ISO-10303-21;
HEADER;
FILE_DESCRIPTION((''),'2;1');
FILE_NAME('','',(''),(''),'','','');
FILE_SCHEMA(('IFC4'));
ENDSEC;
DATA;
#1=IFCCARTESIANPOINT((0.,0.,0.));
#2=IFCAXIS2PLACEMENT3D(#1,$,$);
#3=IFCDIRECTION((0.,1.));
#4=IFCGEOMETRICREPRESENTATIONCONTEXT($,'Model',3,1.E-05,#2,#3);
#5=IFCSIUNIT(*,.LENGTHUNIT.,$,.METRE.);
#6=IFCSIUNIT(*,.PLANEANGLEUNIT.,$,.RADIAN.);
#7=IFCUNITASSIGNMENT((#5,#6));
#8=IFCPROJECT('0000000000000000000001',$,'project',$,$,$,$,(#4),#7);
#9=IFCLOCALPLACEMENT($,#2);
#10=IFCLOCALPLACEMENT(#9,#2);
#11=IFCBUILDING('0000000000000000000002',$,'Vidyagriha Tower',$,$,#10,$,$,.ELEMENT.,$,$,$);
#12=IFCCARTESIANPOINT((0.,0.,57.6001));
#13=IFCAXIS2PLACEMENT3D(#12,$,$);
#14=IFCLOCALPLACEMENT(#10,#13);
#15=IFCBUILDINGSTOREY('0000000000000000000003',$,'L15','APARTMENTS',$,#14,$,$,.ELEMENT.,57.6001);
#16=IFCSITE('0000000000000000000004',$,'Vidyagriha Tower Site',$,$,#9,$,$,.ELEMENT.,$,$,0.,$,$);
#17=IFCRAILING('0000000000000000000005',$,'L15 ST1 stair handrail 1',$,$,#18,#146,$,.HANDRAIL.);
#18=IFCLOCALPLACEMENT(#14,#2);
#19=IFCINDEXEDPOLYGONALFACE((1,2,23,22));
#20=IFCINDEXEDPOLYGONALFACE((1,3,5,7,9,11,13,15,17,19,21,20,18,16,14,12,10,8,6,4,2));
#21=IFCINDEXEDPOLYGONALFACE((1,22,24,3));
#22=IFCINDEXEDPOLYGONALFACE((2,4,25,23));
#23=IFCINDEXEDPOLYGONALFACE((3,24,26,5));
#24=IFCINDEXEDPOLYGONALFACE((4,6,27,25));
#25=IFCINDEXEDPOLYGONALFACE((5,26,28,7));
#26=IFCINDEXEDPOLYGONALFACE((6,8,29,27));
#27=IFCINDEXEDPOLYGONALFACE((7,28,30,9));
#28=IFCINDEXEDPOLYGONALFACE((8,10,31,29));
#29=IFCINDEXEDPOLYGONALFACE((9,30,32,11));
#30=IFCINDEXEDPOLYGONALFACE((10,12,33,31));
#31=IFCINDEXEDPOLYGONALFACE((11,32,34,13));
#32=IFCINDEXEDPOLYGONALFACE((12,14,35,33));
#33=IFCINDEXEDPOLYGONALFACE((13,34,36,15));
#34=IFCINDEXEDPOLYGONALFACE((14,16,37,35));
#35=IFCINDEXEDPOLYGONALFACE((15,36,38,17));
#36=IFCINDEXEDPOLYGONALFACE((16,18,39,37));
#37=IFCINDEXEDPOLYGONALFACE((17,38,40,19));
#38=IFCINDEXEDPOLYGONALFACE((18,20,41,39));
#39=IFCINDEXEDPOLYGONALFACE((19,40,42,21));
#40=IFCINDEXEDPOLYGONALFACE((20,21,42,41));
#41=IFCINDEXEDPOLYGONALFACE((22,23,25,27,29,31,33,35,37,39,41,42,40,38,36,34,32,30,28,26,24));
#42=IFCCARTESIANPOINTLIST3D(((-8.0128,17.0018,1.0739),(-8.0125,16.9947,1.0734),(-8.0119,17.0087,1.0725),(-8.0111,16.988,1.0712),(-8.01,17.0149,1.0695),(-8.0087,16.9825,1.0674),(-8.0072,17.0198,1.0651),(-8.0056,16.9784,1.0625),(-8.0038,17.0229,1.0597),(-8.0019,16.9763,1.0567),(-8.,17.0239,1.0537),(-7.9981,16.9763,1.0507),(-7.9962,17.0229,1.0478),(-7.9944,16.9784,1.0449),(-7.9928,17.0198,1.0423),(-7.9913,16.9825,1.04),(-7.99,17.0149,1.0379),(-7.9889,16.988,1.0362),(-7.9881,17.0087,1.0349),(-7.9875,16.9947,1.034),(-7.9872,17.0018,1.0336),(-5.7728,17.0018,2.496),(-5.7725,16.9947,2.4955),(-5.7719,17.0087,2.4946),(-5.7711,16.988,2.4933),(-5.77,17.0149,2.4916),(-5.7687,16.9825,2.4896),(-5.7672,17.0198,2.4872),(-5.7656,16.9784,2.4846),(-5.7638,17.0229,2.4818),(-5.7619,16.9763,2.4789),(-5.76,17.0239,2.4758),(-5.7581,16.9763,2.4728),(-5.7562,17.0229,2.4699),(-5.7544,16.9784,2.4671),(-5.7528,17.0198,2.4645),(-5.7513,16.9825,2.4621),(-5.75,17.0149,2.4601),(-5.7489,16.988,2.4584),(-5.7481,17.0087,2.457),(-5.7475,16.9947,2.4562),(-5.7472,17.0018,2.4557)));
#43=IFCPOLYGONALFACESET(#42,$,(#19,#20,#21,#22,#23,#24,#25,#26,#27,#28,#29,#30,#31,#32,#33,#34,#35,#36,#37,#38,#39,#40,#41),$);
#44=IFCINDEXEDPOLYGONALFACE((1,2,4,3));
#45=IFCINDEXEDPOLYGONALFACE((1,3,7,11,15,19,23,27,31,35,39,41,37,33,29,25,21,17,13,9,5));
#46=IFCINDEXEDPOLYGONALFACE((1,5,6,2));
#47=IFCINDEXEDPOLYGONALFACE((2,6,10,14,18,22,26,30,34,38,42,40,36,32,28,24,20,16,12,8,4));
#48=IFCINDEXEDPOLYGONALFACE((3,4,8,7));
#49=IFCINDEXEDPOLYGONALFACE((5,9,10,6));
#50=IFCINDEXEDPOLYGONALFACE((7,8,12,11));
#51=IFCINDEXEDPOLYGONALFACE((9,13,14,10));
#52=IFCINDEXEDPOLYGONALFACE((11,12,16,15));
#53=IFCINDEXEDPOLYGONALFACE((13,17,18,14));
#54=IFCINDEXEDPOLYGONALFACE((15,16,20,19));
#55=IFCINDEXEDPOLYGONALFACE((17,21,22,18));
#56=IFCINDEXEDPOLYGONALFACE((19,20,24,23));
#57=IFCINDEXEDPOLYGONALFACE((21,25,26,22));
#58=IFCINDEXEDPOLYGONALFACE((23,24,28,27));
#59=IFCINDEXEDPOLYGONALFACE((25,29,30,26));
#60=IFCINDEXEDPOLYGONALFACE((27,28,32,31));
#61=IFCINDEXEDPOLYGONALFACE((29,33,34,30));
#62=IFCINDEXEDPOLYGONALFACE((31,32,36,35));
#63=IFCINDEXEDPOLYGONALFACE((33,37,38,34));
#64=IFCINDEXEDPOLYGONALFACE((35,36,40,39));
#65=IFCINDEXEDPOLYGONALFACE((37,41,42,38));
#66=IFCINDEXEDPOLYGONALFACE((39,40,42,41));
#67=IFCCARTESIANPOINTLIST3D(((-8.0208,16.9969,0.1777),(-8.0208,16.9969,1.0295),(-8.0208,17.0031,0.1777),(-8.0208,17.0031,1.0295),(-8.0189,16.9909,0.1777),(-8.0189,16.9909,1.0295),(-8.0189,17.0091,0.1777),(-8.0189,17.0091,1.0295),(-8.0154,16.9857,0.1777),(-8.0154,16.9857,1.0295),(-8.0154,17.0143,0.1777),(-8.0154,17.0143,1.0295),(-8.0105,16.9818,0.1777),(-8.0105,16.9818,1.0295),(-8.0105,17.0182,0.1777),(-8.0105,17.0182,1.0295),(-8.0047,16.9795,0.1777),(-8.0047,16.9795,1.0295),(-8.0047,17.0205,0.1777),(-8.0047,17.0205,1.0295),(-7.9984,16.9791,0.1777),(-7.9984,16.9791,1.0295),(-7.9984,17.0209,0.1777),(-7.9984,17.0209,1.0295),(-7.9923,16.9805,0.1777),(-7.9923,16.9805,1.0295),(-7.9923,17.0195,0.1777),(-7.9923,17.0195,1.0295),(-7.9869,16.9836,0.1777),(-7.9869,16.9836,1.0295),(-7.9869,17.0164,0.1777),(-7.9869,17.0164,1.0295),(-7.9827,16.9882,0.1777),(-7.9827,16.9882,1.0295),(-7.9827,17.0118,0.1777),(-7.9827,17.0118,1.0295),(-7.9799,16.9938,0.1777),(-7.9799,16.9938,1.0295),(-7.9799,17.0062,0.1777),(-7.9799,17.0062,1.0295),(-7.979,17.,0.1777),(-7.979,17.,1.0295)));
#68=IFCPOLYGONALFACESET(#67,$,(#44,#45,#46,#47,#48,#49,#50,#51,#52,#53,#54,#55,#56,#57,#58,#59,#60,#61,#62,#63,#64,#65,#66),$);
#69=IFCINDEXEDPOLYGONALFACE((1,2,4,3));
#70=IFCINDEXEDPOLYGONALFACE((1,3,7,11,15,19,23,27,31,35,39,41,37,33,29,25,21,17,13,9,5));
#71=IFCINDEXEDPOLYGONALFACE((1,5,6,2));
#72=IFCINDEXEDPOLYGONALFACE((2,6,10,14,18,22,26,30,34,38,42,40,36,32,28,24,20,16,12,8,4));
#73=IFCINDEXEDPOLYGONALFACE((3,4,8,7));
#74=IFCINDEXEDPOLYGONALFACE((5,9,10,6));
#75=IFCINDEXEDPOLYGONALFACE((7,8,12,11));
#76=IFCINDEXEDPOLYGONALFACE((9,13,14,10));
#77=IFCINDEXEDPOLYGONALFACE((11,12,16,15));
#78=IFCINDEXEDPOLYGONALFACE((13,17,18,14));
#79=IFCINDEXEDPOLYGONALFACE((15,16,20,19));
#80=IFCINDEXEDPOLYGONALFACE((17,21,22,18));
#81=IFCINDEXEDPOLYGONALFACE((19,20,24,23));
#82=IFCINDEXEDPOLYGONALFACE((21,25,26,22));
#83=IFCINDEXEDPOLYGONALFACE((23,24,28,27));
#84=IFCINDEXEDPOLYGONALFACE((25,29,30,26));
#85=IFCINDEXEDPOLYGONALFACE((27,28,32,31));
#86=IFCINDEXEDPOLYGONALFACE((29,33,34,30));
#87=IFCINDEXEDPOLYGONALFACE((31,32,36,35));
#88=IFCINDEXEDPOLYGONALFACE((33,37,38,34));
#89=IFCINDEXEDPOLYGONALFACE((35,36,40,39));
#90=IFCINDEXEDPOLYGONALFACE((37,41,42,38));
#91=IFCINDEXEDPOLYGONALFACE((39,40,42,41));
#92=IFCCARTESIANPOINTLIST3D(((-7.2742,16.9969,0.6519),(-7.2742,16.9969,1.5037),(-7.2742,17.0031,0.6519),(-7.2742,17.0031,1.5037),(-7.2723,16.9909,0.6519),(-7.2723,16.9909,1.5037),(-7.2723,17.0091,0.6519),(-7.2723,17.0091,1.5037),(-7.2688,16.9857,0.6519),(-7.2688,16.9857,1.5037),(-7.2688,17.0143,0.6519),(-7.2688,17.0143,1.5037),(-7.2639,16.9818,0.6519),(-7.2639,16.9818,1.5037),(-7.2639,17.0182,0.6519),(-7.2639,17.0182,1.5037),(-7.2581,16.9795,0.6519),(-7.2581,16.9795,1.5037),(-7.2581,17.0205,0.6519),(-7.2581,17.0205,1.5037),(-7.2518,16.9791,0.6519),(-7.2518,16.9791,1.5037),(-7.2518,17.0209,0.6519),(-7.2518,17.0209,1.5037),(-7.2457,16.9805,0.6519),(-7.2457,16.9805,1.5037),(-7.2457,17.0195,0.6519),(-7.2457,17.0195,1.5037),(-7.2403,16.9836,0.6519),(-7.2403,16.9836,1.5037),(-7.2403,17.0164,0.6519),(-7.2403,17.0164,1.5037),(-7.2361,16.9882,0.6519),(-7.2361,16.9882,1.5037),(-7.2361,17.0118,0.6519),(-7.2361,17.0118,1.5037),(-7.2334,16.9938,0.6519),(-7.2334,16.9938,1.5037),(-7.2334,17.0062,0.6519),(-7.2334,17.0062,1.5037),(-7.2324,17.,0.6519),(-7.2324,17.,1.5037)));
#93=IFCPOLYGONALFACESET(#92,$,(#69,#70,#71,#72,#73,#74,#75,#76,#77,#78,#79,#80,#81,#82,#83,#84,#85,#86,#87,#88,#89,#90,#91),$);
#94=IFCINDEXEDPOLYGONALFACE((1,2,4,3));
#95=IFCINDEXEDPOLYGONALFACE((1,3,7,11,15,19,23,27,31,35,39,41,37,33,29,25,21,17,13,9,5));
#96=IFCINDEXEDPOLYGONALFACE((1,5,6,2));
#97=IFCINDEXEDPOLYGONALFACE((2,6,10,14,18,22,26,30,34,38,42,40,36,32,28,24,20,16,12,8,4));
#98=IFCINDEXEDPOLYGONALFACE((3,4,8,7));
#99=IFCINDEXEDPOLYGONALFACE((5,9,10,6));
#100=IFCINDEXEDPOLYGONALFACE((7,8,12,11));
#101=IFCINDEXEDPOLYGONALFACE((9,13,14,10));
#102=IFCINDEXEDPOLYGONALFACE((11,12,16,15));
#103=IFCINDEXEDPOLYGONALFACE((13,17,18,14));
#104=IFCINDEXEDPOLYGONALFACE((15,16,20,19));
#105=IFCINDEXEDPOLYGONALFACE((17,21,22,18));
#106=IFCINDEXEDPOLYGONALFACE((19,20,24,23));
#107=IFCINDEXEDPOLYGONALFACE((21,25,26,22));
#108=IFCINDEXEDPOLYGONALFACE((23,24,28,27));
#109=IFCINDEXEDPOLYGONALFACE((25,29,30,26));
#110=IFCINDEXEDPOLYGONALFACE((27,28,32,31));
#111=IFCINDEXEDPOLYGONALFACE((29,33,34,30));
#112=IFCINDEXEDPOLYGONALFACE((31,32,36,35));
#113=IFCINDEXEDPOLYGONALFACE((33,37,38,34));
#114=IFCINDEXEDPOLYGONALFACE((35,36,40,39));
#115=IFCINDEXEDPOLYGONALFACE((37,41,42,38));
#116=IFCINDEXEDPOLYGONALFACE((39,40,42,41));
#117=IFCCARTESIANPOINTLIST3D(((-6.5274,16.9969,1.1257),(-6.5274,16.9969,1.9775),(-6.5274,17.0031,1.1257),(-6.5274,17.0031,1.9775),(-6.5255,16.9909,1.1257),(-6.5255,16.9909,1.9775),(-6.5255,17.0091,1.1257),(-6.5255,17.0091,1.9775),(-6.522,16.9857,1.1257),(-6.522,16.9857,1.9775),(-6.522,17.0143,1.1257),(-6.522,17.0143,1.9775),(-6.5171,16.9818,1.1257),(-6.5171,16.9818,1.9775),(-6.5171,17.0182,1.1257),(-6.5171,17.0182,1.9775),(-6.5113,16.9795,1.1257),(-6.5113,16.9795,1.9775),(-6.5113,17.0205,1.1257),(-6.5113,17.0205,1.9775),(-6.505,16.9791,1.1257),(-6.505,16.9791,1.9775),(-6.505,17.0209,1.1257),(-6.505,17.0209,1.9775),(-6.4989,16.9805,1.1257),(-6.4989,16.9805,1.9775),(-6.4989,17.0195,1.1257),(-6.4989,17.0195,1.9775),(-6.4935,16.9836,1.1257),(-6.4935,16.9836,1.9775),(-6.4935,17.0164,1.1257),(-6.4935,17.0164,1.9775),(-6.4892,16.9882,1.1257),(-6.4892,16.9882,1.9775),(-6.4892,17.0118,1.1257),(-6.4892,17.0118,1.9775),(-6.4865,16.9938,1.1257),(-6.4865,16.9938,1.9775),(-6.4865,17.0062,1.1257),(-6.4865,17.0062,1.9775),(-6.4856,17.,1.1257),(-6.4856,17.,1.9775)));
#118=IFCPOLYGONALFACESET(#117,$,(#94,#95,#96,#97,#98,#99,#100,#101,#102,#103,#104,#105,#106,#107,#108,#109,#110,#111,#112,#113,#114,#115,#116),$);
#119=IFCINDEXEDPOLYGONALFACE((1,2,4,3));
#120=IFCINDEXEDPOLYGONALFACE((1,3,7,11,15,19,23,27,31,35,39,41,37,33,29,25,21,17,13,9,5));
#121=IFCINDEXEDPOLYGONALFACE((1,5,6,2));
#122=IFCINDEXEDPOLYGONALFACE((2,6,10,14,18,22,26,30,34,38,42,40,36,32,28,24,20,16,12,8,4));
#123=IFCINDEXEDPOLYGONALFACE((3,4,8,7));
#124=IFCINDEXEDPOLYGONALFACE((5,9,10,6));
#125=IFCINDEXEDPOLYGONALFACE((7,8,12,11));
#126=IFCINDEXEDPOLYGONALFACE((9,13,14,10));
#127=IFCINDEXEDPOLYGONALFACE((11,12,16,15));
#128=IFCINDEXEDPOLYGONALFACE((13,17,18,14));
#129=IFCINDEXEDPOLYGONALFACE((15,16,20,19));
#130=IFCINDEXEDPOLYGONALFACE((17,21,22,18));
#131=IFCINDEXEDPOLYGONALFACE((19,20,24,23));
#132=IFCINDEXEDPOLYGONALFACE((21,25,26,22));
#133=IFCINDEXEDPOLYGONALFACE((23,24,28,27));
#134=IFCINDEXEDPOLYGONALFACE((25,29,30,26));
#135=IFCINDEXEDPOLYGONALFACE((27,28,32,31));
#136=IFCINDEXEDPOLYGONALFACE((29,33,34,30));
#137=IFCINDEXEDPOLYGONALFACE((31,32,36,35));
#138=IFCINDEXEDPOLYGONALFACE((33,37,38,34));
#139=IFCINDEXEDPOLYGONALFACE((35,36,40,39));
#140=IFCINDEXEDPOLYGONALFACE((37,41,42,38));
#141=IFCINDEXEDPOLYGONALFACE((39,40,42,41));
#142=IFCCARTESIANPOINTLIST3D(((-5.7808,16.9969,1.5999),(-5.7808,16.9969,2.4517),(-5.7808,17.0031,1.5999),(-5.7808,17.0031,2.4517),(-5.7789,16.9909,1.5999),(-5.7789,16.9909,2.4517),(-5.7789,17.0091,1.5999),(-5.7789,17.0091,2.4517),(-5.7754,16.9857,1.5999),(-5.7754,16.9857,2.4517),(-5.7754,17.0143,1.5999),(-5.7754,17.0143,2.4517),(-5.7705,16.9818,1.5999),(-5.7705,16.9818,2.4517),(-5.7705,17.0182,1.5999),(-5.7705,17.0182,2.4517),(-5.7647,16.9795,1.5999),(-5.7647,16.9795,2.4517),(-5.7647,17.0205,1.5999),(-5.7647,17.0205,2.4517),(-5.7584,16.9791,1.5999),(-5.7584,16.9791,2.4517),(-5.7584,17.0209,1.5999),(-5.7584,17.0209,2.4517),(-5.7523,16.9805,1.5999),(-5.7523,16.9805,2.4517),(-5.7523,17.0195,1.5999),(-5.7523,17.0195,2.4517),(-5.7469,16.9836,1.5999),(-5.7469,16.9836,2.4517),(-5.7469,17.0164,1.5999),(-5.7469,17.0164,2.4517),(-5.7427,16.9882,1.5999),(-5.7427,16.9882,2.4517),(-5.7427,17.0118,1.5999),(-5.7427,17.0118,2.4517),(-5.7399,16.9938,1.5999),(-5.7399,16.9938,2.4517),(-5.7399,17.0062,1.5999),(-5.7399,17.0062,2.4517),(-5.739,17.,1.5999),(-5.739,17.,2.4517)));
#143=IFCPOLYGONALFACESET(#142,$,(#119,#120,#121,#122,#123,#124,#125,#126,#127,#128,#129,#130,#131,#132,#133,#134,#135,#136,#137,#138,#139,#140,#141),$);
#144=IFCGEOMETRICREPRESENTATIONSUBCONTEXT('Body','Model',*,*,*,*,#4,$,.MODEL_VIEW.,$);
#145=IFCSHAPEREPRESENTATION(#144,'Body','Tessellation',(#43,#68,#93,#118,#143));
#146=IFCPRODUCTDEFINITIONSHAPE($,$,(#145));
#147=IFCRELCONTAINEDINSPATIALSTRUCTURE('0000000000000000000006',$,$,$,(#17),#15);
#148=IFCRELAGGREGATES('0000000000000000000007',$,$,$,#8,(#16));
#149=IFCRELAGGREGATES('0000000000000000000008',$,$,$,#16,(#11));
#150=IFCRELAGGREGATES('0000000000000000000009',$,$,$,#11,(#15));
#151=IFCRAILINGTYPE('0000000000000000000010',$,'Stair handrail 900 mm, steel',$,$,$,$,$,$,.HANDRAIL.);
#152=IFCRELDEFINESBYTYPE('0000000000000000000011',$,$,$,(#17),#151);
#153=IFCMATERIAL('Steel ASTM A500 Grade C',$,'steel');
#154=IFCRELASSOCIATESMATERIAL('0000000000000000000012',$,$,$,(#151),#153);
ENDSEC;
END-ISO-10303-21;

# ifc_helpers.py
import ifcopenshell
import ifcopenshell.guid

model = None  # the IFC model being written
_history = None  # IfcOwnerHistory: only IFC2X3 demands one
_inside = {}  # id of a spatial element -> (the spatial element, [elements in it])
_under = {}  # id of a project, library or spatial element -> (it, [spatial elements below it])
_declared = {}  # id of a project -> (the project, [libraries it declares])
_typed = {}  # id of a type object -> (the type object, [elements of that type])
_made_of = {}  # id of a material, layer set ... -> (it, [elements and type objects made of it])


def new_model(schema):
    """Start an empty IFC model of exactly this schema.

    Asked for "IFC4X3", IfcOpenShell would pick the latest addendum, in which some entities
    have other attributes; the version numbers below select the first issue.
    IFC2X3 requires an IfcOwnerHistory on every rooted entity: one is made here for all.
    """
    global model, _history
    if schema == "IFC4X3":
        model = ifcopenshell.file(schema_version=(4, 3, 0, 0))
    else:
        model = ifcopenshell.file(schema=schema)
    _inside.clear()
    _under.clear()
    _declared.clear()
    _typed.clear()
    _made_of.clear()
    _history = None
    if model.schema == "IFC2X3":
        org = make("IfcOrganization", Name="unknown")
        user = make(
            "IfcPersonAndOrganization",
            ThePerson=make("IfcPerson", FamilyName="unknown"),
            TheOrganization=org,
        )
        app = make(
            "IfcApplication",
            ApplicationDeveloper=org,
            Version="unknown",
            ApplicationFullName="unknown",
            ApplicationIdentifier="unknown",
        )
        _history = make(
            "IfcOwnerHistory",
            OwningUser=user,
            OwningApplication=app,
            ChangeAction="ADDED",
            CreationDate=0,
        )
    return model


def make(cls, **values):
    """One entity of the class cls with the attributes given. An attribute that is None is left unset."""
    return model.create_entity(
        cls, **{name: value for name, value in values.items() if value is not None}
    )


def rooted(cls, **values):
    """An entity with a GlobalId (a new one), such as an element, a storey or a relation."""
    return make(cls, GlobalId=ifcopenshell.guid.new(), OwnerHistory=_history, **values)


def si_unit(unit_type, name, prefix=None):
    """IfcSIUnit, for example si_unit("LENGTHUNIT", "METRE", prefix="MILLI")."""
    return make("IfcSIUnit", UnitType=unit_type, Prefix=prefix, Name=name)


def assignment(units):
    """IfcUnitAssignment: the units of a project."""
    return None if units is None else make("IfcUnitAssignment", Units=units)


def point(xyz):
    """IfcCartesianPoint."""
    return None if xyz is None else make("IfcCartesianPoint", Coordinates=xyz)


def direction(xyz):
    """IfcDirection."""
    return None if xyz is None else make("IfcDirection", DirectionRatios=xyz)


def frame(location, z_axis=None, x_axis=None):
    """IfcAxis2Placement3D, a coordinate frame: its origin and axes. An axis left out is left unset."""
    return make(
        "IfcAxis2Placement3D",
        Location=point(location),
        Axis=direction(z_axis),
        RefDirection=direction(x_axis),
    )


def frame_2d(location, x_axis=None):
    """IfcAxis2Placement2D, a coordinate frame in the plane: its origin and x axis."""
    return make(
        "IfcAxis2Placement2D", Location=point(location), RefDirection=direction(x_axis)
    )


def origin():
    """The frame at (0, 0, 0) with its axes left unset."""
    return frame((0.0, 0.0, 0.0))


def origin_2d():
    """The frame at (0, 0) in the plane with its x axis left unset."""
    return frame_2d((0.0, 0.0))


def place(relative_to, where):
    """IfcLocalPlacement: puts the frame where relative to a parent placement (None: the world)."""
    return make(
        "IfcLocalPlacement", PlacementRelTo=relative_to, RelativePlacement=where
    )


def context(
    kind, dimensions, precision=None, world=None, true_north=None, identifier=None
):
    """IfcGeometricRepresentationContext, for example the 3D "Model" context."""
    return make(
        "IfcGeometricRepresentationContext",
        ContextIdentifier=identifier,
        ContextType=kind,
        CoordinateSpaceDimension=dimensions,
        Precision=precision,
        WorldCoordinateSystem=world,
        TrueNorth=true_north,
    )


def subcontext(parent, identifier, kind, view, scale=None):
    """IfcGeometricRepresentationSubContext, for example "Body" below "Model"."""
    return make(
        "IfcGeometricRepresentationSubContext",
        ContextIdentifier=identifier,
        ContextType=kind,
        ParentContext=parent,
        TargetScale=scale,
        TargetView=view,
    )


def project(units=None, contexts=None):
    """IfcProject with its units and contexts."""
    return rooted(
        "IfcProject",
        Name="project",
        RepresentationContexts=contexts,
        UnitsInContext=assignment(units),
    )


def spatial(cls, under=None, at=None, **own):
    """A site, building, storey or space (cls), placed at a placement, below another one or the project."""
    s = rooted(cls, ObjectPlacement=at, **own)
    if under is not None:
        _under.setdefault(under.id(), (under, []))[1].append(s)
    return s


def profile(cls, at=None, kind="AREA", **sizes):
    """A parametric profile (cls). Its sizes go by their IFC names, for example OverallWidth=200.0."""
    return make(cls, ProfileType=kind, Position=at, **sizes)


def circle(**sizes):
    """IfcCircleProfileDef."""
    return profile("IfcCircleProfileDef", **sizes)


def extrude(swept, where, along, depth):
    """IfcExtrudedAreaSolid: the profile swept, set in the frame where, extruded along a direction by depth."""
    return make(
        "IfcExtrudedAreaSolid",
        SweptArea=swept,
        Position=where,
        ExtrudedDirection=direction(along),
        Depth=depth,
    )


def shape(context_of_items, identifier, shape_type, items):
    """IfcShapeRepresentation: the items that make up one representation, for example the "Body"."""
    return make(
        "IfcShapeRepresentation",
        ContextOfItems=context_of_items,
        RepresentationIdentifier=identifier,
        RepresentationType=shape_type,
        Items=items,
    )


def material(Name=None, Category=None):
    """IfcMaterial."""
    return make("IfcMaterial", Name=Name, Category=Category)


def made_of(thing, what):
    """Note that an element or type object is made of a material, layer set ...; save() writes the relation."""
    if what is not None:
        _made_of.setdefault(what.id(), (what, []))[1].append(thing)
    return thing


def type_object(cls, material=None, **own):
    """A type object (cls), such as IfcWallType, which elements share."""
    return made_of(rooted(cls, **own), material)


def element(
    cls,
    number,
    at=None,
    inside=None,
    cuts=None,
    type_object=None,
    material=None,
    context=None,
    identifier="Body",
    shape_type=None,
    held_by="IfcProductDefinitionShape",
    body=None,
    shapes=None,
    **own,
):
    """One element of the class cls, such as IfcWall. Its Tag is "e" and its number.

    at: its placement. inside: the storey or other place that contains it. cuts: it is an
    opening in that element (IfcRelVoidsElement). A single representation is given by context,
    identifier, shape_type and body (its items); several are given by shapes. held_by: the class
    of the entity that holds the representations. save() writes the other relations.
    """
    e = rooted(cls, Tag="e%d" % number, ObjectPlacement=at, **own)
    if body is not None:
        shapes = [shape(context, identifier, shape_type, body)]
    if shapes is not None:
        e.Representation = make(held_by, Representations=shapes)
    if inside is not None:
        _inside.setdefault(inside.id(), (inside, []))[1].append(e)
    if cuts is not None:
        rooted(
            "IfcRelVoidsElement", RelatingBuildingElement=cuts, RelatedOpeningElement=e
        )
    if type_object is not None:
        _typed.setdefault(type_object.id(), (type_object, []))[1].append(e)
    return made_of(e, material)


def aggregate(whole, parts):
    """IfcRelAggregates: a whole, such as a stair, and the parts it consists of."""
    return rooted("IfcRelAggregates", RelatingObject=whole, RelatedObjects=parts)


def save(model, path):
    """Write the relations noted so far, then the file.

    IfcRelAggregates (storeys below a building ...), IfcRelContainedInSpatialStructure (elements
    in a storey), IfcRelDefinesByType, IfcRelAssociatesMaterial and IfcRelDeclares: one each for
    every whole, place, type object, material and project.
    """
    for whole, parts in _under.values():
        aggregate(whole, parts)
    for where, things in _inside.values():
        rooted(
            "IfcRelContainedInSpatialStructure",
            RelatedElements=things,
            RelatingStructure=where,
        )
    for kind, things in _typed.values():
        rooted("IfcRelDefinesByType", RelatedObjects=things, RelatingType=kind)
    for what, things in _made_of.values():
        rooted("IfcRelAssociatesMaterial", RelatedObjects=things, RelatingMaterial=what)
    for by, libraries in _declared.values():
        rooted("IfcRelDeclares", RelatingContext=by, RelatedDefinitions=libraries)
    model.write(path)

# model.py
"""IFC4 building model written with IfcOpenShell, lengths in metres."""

from ifc_helpers import new_model, si_unit, direction, frame, origin, origin_2d, place, context, subcontext, project, spatial, circle, extrude, material, type_object, element, save


model = new_model("IFC4")

# Units and contexts
model_context = context("Model", 3, precision=1e-05, world=origin(), true_north=direction((0.0, 1.0)))
body_context = subcontext(model_context, "Body", "Model", "MODEL_VIEW")
ifc_project = project(units=[si_unit("LENGTHUNIT", "METRE"), si_unit("PLANEANGLEUNIT", "RADIAN")], contexts=[model_context])

# Site, building, storey
site_placement = place(None, origin())
site = spatial("IfcSite", under=ifc_project, at=site_placement, Name="Vidyagriha Tower Site", CompositionType="ELEMENT", RefElevation=0.0)
building_placement = place(site_placement, origin())
building = spatial("IfcBuilding", under=site, at=building_placement, Name="Vidyagriha Tower", CompositionType="ELEMENT")
storey_placement = place(building_placement, frame((0.0, 0.0, 57.6001)))
storey = spatial("IfcBuildingStorey", under=building, at=storey_placement, Name="L15", Description="APARTMENTS", CompositionType="ELEMENT", Elevation=57.6001)

# Railing
ifc_material_1 = material(Name="Steel ASTM A500 Grade C", Category="steel")
railing_type_1 = type_object("IfcRailingType", Name="Stair handrail 900 mm, steel", PredefinedType="HANDRAIL", material=ifc_material_1)
railing_1_placement = place(storey_placement, frame((-8.0, 17.0, 0.1777)))
element("IfcRailing", 1, at=railing_1_placement, inside=storey, type_object=railing_type_1, Name="L15 ST1 stair handrail 1", PredefinedType="HANDRAIL", context=body_context, shape_type="SweptSolid", body=[
    extrude(circle(Radius=0.0239, at=origin_2d()), frame((0.0, 0.0, 0.876), z_axis=(0.844229, 0.0, 0.535982), x_axis=(0.0, 1.0, 0.0)), (0.0, 0.0, 1.0), 2.6533),
    extrude(circle(Radius=0.021, at=origin_2d()), origin(), (0.0, 0.0, 1.0), 0.8518),
    extrude(circle(Radius=0.021, at=origin_2d()), frame((0.7466, 0.0, 0.4741)), (0.0, 0.0, 1.0), 0.8518),
    extrude(circle(Radius=0.021, at=origin_2d()), frame((1.4934, 0.0, 0.948)), (0.0, 0.0, 1.0), 0.8518),
    extrude(circle(Radius=0.021, at=origin_2d()), frame((2.24, 0.0, 1.4221)), (0.0, 0.0, 1.0), 0.8518),
])

save(model, "model.ifc")
